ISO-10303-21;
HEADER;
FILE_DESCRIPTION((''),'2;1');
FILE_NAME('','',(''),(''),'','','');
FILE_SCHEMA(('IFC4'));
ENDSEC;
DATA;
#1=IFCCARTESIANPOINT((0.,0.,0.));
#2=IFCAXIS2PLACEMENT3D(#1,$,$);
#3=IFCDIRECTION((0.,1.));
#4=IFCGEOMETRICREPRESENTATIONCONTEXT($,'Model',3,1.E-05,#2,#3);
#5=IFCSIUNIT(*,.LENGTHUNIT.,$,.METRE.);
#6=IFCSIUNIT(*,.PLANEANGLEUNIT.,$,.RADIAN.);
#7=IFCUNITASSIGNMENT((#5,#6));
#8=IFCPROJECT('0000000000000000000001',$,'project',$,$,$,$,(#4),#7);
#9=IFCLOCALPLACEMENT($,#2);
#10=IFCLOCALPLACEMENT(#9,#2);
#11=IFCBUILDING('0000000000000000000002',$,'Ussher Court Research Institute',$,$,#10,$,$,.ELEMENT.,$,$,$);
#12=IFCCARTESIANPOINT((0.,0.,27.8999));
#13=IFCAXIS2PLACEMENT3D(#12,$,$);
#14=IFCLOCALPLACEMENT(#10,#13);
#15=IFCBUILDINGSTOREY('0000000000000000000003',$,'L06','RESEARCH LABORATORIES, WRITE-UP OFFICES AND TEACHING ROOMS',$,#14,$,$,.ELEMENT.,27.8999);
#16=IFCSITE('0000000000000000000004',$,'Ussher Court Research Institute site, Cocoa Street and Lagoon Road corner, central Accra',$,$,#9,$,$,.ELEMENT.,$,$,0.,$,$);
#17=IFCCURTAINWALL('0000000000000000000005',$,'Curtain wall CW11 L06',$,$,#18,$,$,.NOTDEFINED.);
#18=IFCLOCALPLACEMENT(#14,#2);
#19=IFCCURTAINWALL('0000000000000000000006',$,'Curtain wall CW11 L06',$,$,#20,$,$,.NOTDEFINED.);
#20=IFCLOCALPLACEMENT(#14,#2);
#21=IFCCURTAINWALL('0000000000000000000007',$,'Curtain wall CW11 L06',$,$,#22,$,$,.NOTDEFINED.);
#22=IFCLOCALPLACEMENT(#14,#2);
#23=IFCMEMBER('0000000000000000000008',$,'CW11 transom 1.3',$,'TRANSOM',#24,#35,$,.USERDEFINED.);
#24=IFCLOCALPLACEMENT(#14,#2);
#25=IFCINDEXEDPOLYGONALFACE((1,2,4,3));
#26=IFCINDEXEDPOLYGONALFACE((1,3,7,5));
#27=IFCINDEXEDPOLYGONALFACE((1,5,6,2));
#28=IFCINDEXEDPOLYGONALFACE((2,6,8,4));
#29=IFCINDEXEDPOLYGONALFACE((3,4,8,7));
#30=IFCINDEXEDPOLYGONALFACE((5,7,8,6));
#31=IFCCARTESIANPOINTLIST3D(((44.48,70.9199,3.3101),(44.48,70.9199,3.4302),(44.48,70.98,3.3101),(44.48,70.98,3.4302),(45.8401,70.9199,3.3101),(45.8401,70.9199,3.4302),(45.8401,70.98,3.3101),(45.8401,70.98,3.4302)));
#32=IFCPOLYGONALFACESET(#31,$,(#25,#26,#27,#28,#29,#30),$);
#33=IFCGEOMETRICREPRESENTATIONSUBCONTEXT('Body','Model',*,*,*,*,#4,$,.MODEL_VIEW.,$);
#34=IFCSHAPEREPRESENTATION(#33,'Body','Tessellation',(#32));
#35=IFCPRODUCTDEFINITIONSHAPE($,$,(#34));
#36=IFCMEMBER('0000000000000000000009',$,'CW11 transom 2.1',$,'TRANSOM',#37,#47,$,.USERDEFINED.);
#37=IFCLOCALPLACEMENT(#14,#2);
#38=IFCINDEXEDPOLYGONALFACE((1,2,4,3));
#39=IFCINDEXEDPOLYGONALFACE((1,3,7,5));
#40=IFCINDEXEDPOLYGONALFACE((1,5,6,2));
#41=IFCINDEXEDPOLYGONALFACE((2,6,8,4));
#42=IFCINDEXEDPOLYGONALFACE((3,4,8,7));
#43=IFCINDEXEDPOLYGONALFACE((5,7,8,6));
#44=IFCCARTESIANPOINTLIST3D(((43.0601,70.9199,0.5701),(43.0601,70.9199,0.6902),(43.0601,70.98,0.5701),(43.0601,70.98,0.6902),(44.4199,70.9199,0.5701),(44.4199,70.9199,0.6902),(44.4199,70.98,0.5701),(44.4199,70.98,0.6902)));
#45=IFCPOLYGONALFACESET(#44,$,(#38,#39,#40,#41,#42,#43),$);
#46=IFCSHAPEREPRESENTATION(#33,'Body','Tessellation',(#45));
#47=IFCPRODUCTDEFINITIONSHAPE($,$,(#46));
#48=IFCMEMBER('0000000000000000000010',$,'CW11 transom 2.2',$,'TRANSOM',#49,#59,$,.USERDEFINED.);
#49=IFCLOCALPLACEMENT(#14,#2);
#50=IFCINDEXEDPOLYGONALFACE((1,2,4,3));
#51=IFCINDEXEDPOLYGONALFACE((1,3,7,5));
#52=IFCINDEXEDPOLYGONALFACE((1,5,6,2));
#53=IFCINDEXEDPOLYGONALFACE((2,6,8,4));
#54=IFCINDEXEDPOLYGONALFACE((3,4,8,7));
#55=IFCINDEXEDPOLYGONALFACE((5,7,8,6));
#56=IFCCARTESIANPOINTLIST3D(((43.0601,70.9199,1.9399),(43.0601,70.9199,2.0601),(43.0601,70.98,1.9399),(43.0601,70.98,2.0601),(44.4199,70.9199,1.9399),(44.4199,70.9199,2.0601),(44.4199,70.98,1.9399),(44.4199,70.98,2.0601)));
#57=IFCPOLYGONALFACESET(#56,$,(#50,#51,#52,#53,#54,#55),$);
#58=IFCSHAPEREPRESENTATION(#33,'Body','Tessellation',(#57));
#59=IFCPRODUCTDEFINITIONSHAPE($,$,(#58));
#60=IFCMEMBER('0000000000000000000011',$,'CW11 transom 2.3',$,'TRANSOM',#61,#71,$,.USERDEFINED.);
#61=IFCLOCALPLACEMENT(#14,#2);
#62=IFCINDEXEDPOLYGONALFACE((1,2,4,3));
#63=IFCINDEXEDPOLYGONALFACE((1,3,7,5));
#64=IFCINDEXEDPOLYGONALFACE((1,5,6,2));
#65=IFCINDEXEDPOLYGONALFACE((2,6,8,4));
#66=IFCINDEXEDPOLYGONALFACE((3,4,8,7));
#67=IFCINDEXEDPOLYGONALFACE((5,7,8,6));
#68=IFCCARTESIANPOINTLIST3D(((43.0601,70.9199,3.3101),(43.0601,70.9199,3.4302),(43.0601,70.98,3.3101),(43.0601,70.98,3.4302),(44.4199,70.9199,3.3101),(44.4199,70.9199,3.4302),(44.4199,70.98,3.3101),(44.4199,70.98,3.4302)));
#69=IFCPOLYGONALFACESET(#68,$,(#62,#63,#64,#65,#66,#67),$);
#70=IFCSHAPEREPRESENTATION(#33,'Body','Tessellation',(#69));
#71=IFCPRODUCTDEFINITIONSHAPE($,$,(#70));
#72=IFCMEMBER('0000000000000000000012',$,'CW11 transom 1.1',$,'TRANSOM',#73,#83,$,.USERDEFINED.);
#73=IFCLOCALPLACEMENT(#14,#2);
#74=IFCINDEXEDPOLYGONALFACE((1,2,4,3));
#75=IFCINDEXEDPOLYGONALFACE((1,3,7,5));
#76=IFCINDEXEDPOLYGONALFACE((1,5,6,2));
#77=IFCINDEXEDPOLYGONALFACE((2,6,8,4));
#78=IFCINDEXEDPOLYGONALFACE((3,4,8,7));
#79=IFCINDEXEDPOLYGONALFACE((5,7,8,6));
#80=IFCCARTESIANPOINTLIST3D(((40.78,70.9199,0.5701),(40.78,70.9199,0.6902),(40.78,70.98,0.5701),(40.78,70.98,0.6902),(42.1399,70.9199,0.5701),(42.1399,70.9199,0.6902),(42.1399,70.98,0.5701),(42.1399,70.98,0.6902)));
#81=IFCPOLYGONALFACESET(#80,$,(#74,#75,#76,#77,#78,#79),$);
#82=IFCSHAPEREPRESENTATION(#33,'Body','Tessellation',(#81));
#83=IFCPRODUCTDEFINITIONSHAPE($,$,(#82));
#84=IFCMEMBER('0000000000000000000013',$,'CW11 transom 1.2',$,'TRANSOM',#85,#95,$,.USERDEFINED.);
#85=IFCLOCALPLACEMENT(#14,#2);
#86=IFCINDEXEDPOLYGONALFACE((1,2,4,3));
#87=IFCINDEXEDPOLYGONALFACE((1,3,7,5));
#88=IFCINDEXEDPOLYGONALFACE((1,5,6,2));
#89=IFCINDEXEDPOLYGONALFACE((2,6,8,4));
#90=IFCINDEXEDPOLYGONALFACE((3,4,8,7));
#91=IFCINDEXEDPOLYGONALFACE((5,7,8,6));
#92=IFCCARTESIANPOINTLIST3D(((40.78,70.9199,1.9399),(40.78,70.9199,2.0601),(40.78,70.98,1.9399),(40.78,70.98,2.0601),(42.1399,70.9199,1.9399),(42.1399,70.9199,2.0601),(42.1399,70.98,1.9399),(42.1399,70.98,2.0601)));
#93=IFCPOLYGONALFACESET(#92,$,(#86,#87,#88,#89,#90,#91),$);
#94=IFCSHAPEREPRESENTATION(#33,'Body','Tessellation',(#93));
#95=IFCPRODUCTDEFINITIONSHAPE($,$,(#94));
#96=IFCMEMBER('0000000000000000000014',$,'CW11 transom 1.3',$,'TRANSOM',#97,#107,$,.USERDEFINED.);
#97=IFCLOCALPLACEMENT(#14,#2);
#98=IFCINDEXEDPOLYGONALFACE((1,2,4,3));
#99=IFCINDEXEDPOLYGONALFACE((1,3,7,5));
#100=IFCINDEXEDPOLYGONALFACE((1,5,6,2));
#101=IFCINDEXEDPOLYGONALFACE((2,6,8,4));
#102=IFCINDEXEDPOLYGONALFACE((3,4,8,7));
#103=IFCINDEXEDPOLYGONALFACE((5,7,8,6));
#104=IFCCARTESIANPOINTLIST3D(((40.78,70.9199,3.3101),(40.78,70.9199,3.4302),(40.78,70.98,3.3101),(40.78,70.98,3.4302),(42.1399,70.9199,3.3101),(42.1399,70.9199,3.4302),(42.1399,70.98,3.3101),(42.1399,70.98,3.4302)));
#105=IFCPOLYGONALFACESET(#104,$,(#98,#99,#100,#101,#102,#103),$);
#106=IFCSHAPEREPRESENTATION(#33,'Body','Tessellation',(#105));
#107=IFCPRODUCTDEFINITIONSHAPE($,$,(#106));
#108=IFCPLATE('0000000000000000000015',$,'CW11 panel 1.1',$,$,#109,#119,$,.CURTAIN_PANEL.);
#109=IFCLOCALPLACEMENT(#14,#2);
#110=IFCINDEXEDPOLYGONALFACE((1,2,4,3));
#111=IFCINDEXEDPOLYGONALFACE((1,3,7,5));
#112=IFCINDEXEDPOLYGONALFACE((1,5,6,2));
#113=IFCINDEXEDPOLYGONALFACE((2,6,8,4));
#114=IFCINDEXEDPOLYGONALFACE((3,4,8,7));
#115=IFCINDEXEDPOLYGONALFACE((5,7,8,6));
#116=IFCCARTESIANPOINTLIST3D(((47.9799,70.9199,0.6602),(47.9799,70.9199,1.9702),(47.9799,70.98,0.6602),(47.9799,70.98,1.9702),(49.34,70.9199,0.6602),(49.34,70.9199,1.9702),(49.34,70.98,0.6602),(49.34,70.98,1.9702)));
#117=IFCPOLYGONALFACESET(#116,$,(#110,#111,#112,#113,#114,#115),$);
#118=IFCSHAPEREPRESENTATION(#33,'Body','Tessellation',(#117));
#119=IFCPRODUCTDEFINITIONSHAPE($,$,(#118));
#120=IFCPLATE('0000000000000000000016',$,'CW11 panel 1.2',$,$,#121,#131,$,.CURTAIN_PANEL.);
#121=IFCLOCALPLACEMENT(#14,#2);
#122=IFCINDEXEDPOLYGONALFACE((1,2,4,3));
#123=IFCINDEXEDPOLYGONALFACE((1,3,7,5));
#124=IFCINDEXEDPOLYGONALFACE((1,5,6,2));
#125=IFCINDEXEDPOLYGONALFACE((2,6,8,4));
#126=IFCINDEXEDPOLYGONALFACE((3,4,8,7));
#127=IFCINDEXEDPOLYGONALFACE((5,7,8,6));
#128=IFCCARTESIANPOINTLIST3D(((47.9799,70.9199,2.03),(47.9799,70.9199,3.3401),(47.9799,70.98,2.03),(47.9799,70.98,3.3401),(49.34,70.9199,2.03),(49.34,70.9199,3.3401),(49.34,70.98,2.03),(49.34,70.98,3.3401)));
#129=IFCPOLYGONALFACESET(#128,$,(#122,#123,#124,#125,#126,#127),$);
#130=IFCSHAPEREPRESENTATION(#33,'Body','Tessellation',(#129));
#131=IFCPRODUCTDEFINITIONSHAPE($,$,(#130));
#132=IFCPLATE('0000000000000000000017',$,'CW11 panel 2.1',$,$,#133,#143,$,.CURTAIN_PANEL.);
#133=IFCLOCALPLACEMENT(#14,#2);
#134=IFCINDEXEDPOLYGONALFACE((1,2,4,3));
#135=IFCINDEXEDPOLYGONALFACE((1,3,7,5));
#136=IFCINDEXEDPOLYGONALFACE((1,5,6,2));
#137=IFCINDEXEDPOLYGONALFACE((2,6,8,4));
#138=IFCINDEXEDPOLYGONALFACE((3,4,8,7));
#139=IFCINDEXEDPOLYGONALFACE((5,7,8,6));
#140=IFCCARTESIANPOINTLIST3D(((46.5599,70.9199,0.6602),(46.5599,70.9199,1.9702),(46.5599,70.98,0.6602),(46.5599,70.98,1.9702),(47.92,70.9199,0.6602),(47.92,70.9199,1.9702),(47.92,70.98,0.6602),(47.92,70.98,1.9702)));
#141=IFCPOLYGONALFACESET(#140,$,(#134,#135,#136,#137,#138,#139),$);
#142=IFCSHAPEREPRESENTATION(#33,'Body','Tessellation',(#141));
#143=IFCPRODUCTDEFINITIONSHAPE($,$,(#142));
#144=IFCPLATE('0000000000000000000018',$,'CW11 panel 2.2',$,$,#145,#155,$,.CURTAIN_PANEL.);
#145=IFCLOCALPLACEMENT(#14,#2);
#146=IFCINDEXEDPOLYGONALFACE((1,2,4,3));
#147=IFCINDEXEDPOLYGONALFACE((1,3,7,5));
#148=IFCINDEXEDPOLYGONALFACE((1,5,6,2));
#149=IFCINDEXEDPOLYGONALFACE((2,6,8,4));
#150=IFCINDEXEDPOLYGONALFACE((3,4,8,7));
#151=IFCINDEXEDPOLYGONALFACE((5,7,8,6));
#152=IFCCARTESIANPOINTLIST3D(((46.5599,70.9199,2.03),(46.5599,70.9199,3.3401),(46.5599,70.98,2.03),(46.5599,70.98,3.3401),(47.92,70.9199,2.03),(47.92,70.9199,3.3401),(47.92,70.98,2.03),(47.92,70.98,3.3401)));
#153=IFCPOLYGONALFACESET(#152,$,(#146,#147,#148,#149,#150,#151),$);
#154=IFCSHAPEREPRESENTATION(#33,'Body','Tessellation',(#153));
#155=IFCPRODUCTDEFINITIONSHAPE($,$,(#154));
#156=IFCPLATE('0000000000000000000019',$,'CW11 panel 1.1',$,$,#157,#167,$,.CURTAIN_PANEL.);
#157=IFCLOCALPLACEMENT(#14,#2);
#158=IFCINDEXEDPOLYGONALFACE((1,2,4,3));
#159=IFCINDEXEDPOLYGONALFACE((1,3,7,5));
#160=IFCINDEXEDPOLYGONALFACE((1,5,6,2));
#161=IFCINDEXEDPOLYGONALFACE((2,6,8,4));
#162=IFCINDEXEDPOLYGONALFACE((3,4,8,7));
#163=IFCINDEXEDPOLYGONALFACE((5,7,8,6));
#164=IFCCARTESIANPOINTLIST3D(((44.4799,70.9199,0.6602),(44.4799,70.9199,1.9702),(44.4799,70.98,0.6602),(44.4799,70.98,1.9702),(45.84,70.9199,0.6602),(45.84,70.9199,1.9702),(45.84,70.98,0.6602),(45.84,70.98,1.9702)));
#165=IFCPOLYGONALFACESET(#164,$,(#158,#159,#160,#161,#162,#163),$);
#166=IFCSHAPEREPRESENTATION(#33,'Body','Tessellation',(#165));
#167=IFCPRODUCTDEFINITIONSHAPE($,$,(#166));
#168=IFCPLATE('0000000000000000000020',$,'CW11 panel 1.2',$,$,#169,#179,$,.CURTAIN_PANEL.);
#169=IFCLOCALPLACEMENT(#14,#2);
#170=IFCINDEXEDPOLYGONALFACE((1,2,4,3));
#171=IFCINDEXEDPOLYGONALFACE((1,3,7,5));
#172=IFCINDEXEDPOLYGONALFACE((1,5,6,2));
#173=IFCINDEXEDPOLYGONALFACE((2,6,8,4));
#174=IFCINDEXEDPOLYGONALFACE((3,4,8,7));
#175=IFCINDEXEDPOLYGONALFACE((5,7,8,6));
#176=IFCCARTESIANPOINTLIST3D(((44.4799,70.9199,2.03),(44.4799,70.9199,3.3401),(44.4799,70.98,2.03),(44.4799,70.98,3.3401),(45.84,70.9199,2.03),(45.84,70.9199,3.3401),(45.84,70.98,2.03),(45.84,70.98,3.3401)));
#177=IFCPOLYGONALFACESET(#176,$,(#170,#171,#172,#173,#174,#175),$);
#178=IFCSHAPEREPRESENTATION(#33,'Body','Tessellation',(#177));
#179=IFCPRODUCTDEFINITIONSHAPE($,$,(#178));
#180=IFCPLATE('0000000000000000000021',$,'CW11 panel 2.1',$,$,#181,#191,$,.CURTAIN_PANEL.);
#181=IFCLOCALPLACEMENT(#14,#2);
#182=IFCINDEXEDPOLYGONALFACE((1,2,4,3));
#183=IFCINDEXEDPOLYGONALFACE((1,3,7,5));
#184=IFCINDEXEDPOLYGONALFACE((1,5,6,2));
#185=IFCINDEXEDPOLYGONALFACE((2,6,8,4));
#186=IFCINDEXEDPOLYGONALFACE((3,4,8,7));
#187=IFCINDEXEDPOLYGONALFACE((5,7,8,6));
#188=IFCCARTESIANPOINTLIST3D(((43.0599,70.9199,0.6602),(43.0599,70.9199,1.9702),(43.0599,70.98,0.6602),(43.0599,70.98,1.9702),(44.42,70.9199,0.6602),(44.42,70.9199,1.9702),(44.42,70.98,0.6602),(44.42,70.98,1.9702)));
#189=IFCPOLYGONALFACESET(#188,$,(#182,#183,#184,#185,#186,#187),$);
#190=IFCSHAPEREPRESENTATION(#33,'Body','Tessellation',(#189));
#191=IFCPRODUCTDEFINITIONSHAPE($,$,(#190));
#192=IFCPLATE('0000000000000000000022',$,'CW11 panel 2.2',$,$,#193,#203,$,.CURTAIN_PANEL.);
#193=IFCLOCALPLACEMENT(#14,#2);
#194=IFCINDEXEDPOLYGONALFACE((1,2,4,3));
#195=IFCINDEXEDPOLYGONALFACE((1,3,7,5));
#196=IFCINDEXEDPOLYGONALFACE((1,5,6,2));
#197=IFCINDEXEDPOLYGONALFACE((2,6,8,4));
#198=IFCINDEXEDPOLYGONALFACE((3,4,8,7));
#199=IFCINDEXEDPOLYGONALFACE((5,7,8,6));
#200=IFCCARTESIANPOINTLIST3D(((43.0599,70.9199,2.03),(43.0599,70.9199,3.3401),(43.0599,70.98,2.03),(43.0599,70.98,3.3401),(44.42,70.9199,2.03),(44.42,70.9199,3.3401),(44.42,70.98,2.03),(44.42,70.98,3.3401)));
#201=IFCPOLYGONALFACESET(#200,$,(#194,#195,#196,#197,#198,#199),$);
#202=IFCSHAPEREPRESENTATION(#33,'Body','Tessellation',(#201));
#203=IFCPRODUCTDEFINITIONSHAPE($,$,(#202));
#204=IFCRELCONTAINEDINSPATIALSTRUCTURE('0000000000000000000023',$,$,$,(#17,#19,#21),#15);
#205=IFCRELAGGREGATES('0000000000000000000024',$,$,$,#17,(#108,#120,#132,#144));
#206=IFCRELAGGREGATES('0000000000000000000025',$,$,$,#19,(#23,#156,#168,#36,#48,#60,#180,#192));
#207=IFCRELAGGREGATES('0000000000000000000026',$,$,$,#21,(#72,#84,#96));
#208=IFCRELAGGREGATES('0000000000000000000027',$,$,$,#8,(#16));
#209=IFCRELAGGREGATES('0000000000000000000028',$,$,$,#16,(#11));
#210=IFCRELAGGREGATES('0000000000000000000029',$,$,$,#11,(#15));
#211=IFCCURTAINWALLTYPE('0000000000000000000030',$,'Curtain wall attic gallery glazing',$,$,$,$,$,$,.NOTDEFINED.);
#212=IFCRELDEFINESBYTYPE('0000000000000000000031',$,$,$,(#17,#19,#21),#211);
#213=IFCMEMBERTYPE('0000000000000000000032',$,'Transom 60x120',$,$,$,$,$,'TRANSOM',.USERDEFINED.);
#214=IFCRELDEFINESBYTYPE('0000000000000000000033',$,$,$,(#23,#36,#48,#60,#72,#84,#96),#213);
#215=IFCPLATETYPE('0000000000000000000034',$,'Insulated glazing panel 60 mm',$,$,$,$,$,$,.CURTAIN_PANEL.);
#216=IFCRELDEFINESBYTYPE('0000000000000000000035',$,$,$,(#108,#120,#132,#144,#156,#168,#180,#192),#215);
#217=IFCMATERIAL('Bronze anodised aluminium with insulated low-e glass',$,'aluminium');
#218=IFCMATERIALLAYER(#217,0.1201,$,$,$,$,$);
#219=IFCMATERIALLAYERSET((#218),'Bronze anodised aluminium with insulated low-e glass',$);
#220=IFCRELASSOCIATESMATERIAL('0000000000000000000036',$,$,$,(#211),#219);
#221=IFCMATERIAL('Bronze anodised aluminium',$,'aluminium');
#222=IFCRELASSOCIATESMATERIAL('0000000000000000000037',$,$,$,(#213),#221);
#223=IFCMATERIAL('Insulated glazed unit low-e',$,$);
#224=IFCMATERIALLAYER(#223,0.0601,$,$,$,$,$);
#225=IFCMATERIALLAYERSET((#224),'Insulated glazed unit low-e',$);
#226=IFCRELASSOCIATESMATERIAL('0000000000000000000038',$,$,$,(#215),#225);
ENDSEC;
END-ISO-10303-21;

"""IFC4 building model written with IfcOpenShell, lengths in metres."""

from ifc_helpers import new_model, si_unit, direction, frame, origin, origin_2d, place, context, subcontext, project, spatial, rectangle, extrude, material, layer, layer_set, material_profile, profile_set, type_object, element, aggregate, save


model = new_model("IFC4")

# Units and contexts
model_context = context("Model", 3, precision=1e-05, world=origin(), true_north=direction((0.0, 1.0)))
body_context = subcontext(model_context, "Body", "Model", "MODEL_VIEW")
ifc_project = project(units=[si_unit("LENGTHUNIT", "METRE"), si_unit("PLANEANGLEUNIT", "RADIAN")], contexts=[model_context])

# Site, building, storey
site_placement = place(None, origin())
site = spatial("IfcSite", under=ifc_project, at=site_placement, Name="Ussher Court Research Institute site, Cocoa Street and Lagoon Road corner, central Accra", CompositionType="ELEMENT", RefElevation=0.0)
building_placement = place(site_placement, origin())
building = spatial("IfcBuilding", under=site, at=building_placement, Name="Ussher Court Research Institute", CompositionType="ELEMENT")
storey_placement = place(building_placement, frame((0.0, 0.0, 27.8999)))
storey = spatial("IfcBuildingStorey", under=building, at=storey_placement, Name="L06", Description="RESEARCH LABORATORIES, WRITE-UP OFFICES AND TEACHING ROOMS", CompositionType="ELEMENT", Elevation=27.8999)

# Curtain walls
ifc_material_1 = material(Name="Bronze anodised aluminium with insulated low-e glass", Category="aluminium")
ifc_layer_1 = layer(ifc_material_1, 0.1201)
ifc_layer_set_1 = layer_set([ifc_layer_1], Name="Bronze anodised aluminium with insulated low-e glass")
curtain_wall_type = type_object("IfcCurtainWallType", Name="Curtain wall attic gallery glazing", PredefinedType="NOTDEFINED", material=ifc_layer_set_1)
curtain_wall_1_placement = place(storey_placement, origin())
curtain_wall_1 = element("IfcCurtainWall", 1, at=curtain_wall_1_placement, inside=storey, type_object=curtain_wall_type, Name="Curtain wall CW11 L06", PredefinedType="NOTDEFINED")
curtain_wall_2_placement = place(storey_placement, origin())
curtain_wall_2 = element("IfcCurtainWall", 2, at=curtain_wall_2_placement, inside=storey, type_object=curtain_wall_type, Name="Curtain wall CW11 L06", PredefinedType="NOTDEFINED")
curtain_wall_3_placement = place(storey_placement, origin())
curtain_wall_3 = element("IfcCurtainWall", 3, at=curtain_wall_3_placement, inside=storey, type_object=curtain_wall_type, Name="Curtain wall CW11 L06", PredefinedType="NOTDEFINED")

# Members
ifc_material_2 = material(Name="Bronze anodised aluminium", Category="aluminium")
ifc_material_profile_1 = material_profile(ifc_material_2, rectangle(XDim=0.0601, YDim=0.1201, at=origin_2d()), Name="Transom 60x120")
ifc_profile_set_1 = profile_set([ifc_material_profile_1], Name="Bronze anodised aluminium")
member_type_1 = type_object("IfcMemberType", Name="Transom 60x120", ElementType="TRANSOM", PredefinedType="USERDEFINED", material=ifc_profile_set_1)
member_1_placement = place(storey_placement, frame((45.8401, 70.95, 3.3701), z_axis=(-1.0, 0.0, 0.0), x_axis=(0.0, -1.0, 0.0)))
member_1 = element("IfcMember", 4, at=member_1_placement, type_object=member_type_1, Name="CW11 transom 1.3", ObjectType="TRANSOM", PredefinedType="USERDEFINED", context=body_context, shape_type="SweptSolid", body=[
    extrude(rectangle(XDim=0.0601, YDim=0.1201, at=origin_2d()), origin(), (0.0, 0.0, 1.0), 1.3601),
])
member_2_placement = place(storey_placement, frame((44.4199, 70.95, 0.6301), z_axis=(-1.0, 0.0, 0.0), x_axis=(0.0, -1.0, 0.0)))
member_2 = element("IfcMember", 5, at=member_2_placement, type_object=member_type_1, Name="CW11 transom 2.1", ObjectType="TRANSOM", PredefinedType="USERDEFINED", context=body_context, shape_type="SweptSolid", body=[
    extrude(rectangle(XDim=0.0601, YDim=0.1201, at=origin_2d()), origin(), (0.0, 0.0, 1.0), 1.3599),
])
member_3_placement = place(storey_placement, frame((44.4199, 70.95, 2.0), z_axis=(-1.0, 0.0, 0.0), x_axis=(0.0, -1.0, 0.0)))
member_3 = element("IfcMember", 6, at=member_3_placement, type_object=member_type_1, Name="CW11 transom 2.2", ObjectType="TRANSOM", PredefinedType="USERDEFINED", context=body_context, shape_type="SweptSolid", body=[
    extrude(rectangle(XDim=0.0601, YDim=0.1201, at=origin_2d()), origin(), (0.0, 0.0, 1.0), 1.3599),
])
member_4_placement = place(storey_placement, frame((44.4199, 70.95, 3.3701), z_axis=(-1.0, 0.0, 0.0), x_axis=(0.0, -1.0, 0.0)))
member_4 = element("IfcMember", 7, at=member_4_placement, type_object=member_type_1, Name="CW11 transom 2.3", ObjectType="TRANSOM", PredefinedType="USERDEFINED", context=body_context, shape_type="SweptSolid", body=[
    extrude(rectangle(XDim=0.0601, YDim=0.1201, at=origin_2d()), origin(), (0.0, 0.0, 1.0), 1.3599),
])
member_5_placement = place(storey_placement, frame((42.1399, 70.95, 0.6301), z_axis=(-1.0, 0.0, 0.0), x_axis=(0.0, -1.0, 0.0)))
member_5 = element("IfcMember", 8, at=member_5_placement, type_object=member_type_1, Name="CW11 transom 1.1", ObjectType="TRANSOM", PredefinedType="USERDEFINED", context=body_context, shape_type="SweptSolid", body=[
    extrude(rectangle(XDim=0.0601, YDim=0.1201, at=origin_2d()), origin(), (0.0, 0.0, 1.0), 1.3599),
])
member_6_placement = place(storey_placement, frame((42.1399, 70.95, 2.0), z_axis=(-1.0, 0.0, 0.0), x_axis=(0.0, -1.0, 0.0)))
member_6 = element("IfcMember", 9, at=member_6_placement, type_object=member_type_1, Name="CW11 transom 1.2", ObjectType="TRANSOM", PredefinedType="USERDEFINED", context=body_context, shape_type="SweptSolid", body=[
    extrude(rectangle(XDim=0.0601, YDim=0.1201, at=origin_2d()), origin(), (0.0, 0.0, 1.0), 1.3599),
])
member_7_placement = place(storey_placement, frame((42.1399, 70.95, 3.3701), z_axis=(-1.0, 0.0, 0.0), x_axis=(0.0, -1.0, 0.0)))
member_7 = element("IfcMember", 10, at=member_7_placement, type_object=member_type_1, Name="CW11 transom 1.3", ObjectType="TRANSOM", PredefinedType="USERDEFINED", context=body_context, shape_type="SweptSolid", body=[
    extrude(rectangle(XDim=0.0601, YDim=0.1201, at=origin_2d()), origin(), (0.0, 0.0, 1.0), 1.3599),
])

# Plates
ifc_material_3 = material(Name="Insulated glazed unit low-e")
ifc_layer_2 = layer(ifc_material_3, 0.0601)
ifc_layer_set_2 = layer_set([ifc_layer_2], Name="Insulated glazed unit low-e")
plate_type = type_object("IfcPlateType", Name="Insulated glazing panel 60 mm", PredefinedType="CURTAIN_PANEL", material=ifc_layer_set_2)
plate_1_placement = place(storey_placement, frame((48.6599, 70.95, 0.6602), z_axis=(0.0, 0.0, 1.0), x_axis=(-1.0, 0.0, 0.0)))
plate_1 = element("IfcPlate", 11, at=plate_1_placement, type_object=plate_type, Name="CW11 panel 1.1", PredefinedType="CURTAIN_PANEL", context=body_context, shape_type="SweptSolid", body=[
    extrude(rectangle(XDim=1.3601, YDim=0.0601, at=origin_2d()), origin(), (0.0, 0.0, 1.0), 1.3101),
])
plate_2_placement = place(storey_placement, frame((48.6599, 70.95, 2.03), z_axis=(0.0, 0.0, 1.0), x_axis=(-1.0, 0.0, 0.0)))
plate_2 = element("IfcPlate", 12, at=plate_2_placement, type_object=plate_type, Name="CW11 panel 1.2", PredefinedType="CURTAIN_PANEL", context=body_context, shape_type="SweptSolid", body=[
    extrude(rectangle(XDim=1.3601, YDim=0.0601, at=origin_2d()), origin(), (0.0, 0.0, 1.0), 1.3101),
])
plate_3_placement = place(storey_placement, frame((47.24, 70.95, 0.6602), z_axis=(0.0, 0.0, 1.0), x_axis=(-1.0, 0.0, 0.0)))
plate_3 = element("IfcPlate", 13, at=plate_3_placement, type_object=plate_type, Name="CW11 panel 2.1", PredefinedType="CURTAIN_PANEL", context=body_context, shape_type="SweptSolid", body=[
    extrude(rectangle(XDim=1.3601, YDim=0.0601, at=origin_2d()), origin(), (0.0, 0.0, 1.0), 1.3101),
])
plate_4_placement = place(storey_placement, frame((47.24, 70.95, 2.03), z_axis=(0.0, 0.0, 1.0), x_axis=(-1.0, 0.0, 0.0)))
plate_4 = element("IfcPlate", 14, at=plate_4_placement, type_object=plate_type, Name="CW11 panel 2.2", PredefinedType="CURTAIN_PANEL", context=body_context, shape_type="SweptSolid", body=[
    extrude(rectangle(XDim=1.3601, YDim=0.0601, at=origin_2d()), origin(), (0.0, 0.0, 1.0), 1.3101),
])
aggregate(curtain_wall_1, [plate_1, plate_2, plate_3, plate_4])
plate_5_placement = place(storey_placement, frame((45.1599, 70.95, 0.6602), z_axis=(0.0, 0.0, 1.0), x_axis=(-1.0, 0.0, 0.0)))
plate_5 = element("IfcPlate", 15, at=plate_5_placement, type_object=plate_type, Name="CW11 panel 1.1", PredefinedType="CURTAIN_PANEL", context=body_context, shape_type="SweptSolid", body=[
    extrude(rectangle(XDim=1.3601, YDim=0.0601, at=origin_2d()), origin(), (0.0, 0.0, 1.0), 1.3101),
])
plate_6_placement = place(storey_placement, frame((45.1599, 70.95, 2.03), z_axis=(0.0, 0.0, 1.0), x_axis=(-1.0, 0.0, 0.0)))
plate_6 = element("IfcPlate", 16, at=plate_6_placement, type_object=plate_type, Name="CW11 panel 1.2", PredefinedType="CURTAIN_PANEL", context=body_context, shape_type="SweptSolid", body=[
    extrude(rectangle(XDim=1.3601, YDim=0.0601, at=origin_2d()), origin(), (0.0, 0.0, 1.0), 1.3101),
])
plate_7_placement = place(storey_placement, frame((43.74, 70.95, 0.6602), z_axis=(0.0, 0.0, 1.0), x_axis=(-1.0, 0.0, 0.0)))
plate_7 = element("IfcPlate", 17, at=plate_7_placement, type_object=plate_type, Name="CW11 panel 2.1", PredefinedType="CURTAIN_PANEL", context=body_context, shape_type="SweptSolid", body=[
    extrude(rectangle(XDim=1.3601, YDim=0.0601, at=origin_2d()), origin(), (0.0, 0.0, 1.0), 1.3101),
])
plate_8_placement = place(storey_placement, frame((43.74, 70.95, 2.03), z_axis=(0.0, 0.0, 1.0), x_axis=(-1.0, 0.0, 0.0)))
plate_8 = element("IfcPlate", 18, at=plate_8_placement, type_object=plate_type, Name="CW11 panel 2.2", PredefinedType="CURTAIN_PANEL", context=body_context, shape_type="SweptSolid", body=[
    extrude(rectangle(XDim=1.3601, YDim=0.0601, at=origin_2d()), origin(), (0.0, 0.0, 1.0), 1.3101),
])
aggregate(curtain_wall_2, [member_1, plate_5, plate_6, member_2, member_3, member_4, plate_7, plate_8])
aggregate(curtain_wall_3, [member_5, member_6, member_7])

save(model, "model.ifc")
